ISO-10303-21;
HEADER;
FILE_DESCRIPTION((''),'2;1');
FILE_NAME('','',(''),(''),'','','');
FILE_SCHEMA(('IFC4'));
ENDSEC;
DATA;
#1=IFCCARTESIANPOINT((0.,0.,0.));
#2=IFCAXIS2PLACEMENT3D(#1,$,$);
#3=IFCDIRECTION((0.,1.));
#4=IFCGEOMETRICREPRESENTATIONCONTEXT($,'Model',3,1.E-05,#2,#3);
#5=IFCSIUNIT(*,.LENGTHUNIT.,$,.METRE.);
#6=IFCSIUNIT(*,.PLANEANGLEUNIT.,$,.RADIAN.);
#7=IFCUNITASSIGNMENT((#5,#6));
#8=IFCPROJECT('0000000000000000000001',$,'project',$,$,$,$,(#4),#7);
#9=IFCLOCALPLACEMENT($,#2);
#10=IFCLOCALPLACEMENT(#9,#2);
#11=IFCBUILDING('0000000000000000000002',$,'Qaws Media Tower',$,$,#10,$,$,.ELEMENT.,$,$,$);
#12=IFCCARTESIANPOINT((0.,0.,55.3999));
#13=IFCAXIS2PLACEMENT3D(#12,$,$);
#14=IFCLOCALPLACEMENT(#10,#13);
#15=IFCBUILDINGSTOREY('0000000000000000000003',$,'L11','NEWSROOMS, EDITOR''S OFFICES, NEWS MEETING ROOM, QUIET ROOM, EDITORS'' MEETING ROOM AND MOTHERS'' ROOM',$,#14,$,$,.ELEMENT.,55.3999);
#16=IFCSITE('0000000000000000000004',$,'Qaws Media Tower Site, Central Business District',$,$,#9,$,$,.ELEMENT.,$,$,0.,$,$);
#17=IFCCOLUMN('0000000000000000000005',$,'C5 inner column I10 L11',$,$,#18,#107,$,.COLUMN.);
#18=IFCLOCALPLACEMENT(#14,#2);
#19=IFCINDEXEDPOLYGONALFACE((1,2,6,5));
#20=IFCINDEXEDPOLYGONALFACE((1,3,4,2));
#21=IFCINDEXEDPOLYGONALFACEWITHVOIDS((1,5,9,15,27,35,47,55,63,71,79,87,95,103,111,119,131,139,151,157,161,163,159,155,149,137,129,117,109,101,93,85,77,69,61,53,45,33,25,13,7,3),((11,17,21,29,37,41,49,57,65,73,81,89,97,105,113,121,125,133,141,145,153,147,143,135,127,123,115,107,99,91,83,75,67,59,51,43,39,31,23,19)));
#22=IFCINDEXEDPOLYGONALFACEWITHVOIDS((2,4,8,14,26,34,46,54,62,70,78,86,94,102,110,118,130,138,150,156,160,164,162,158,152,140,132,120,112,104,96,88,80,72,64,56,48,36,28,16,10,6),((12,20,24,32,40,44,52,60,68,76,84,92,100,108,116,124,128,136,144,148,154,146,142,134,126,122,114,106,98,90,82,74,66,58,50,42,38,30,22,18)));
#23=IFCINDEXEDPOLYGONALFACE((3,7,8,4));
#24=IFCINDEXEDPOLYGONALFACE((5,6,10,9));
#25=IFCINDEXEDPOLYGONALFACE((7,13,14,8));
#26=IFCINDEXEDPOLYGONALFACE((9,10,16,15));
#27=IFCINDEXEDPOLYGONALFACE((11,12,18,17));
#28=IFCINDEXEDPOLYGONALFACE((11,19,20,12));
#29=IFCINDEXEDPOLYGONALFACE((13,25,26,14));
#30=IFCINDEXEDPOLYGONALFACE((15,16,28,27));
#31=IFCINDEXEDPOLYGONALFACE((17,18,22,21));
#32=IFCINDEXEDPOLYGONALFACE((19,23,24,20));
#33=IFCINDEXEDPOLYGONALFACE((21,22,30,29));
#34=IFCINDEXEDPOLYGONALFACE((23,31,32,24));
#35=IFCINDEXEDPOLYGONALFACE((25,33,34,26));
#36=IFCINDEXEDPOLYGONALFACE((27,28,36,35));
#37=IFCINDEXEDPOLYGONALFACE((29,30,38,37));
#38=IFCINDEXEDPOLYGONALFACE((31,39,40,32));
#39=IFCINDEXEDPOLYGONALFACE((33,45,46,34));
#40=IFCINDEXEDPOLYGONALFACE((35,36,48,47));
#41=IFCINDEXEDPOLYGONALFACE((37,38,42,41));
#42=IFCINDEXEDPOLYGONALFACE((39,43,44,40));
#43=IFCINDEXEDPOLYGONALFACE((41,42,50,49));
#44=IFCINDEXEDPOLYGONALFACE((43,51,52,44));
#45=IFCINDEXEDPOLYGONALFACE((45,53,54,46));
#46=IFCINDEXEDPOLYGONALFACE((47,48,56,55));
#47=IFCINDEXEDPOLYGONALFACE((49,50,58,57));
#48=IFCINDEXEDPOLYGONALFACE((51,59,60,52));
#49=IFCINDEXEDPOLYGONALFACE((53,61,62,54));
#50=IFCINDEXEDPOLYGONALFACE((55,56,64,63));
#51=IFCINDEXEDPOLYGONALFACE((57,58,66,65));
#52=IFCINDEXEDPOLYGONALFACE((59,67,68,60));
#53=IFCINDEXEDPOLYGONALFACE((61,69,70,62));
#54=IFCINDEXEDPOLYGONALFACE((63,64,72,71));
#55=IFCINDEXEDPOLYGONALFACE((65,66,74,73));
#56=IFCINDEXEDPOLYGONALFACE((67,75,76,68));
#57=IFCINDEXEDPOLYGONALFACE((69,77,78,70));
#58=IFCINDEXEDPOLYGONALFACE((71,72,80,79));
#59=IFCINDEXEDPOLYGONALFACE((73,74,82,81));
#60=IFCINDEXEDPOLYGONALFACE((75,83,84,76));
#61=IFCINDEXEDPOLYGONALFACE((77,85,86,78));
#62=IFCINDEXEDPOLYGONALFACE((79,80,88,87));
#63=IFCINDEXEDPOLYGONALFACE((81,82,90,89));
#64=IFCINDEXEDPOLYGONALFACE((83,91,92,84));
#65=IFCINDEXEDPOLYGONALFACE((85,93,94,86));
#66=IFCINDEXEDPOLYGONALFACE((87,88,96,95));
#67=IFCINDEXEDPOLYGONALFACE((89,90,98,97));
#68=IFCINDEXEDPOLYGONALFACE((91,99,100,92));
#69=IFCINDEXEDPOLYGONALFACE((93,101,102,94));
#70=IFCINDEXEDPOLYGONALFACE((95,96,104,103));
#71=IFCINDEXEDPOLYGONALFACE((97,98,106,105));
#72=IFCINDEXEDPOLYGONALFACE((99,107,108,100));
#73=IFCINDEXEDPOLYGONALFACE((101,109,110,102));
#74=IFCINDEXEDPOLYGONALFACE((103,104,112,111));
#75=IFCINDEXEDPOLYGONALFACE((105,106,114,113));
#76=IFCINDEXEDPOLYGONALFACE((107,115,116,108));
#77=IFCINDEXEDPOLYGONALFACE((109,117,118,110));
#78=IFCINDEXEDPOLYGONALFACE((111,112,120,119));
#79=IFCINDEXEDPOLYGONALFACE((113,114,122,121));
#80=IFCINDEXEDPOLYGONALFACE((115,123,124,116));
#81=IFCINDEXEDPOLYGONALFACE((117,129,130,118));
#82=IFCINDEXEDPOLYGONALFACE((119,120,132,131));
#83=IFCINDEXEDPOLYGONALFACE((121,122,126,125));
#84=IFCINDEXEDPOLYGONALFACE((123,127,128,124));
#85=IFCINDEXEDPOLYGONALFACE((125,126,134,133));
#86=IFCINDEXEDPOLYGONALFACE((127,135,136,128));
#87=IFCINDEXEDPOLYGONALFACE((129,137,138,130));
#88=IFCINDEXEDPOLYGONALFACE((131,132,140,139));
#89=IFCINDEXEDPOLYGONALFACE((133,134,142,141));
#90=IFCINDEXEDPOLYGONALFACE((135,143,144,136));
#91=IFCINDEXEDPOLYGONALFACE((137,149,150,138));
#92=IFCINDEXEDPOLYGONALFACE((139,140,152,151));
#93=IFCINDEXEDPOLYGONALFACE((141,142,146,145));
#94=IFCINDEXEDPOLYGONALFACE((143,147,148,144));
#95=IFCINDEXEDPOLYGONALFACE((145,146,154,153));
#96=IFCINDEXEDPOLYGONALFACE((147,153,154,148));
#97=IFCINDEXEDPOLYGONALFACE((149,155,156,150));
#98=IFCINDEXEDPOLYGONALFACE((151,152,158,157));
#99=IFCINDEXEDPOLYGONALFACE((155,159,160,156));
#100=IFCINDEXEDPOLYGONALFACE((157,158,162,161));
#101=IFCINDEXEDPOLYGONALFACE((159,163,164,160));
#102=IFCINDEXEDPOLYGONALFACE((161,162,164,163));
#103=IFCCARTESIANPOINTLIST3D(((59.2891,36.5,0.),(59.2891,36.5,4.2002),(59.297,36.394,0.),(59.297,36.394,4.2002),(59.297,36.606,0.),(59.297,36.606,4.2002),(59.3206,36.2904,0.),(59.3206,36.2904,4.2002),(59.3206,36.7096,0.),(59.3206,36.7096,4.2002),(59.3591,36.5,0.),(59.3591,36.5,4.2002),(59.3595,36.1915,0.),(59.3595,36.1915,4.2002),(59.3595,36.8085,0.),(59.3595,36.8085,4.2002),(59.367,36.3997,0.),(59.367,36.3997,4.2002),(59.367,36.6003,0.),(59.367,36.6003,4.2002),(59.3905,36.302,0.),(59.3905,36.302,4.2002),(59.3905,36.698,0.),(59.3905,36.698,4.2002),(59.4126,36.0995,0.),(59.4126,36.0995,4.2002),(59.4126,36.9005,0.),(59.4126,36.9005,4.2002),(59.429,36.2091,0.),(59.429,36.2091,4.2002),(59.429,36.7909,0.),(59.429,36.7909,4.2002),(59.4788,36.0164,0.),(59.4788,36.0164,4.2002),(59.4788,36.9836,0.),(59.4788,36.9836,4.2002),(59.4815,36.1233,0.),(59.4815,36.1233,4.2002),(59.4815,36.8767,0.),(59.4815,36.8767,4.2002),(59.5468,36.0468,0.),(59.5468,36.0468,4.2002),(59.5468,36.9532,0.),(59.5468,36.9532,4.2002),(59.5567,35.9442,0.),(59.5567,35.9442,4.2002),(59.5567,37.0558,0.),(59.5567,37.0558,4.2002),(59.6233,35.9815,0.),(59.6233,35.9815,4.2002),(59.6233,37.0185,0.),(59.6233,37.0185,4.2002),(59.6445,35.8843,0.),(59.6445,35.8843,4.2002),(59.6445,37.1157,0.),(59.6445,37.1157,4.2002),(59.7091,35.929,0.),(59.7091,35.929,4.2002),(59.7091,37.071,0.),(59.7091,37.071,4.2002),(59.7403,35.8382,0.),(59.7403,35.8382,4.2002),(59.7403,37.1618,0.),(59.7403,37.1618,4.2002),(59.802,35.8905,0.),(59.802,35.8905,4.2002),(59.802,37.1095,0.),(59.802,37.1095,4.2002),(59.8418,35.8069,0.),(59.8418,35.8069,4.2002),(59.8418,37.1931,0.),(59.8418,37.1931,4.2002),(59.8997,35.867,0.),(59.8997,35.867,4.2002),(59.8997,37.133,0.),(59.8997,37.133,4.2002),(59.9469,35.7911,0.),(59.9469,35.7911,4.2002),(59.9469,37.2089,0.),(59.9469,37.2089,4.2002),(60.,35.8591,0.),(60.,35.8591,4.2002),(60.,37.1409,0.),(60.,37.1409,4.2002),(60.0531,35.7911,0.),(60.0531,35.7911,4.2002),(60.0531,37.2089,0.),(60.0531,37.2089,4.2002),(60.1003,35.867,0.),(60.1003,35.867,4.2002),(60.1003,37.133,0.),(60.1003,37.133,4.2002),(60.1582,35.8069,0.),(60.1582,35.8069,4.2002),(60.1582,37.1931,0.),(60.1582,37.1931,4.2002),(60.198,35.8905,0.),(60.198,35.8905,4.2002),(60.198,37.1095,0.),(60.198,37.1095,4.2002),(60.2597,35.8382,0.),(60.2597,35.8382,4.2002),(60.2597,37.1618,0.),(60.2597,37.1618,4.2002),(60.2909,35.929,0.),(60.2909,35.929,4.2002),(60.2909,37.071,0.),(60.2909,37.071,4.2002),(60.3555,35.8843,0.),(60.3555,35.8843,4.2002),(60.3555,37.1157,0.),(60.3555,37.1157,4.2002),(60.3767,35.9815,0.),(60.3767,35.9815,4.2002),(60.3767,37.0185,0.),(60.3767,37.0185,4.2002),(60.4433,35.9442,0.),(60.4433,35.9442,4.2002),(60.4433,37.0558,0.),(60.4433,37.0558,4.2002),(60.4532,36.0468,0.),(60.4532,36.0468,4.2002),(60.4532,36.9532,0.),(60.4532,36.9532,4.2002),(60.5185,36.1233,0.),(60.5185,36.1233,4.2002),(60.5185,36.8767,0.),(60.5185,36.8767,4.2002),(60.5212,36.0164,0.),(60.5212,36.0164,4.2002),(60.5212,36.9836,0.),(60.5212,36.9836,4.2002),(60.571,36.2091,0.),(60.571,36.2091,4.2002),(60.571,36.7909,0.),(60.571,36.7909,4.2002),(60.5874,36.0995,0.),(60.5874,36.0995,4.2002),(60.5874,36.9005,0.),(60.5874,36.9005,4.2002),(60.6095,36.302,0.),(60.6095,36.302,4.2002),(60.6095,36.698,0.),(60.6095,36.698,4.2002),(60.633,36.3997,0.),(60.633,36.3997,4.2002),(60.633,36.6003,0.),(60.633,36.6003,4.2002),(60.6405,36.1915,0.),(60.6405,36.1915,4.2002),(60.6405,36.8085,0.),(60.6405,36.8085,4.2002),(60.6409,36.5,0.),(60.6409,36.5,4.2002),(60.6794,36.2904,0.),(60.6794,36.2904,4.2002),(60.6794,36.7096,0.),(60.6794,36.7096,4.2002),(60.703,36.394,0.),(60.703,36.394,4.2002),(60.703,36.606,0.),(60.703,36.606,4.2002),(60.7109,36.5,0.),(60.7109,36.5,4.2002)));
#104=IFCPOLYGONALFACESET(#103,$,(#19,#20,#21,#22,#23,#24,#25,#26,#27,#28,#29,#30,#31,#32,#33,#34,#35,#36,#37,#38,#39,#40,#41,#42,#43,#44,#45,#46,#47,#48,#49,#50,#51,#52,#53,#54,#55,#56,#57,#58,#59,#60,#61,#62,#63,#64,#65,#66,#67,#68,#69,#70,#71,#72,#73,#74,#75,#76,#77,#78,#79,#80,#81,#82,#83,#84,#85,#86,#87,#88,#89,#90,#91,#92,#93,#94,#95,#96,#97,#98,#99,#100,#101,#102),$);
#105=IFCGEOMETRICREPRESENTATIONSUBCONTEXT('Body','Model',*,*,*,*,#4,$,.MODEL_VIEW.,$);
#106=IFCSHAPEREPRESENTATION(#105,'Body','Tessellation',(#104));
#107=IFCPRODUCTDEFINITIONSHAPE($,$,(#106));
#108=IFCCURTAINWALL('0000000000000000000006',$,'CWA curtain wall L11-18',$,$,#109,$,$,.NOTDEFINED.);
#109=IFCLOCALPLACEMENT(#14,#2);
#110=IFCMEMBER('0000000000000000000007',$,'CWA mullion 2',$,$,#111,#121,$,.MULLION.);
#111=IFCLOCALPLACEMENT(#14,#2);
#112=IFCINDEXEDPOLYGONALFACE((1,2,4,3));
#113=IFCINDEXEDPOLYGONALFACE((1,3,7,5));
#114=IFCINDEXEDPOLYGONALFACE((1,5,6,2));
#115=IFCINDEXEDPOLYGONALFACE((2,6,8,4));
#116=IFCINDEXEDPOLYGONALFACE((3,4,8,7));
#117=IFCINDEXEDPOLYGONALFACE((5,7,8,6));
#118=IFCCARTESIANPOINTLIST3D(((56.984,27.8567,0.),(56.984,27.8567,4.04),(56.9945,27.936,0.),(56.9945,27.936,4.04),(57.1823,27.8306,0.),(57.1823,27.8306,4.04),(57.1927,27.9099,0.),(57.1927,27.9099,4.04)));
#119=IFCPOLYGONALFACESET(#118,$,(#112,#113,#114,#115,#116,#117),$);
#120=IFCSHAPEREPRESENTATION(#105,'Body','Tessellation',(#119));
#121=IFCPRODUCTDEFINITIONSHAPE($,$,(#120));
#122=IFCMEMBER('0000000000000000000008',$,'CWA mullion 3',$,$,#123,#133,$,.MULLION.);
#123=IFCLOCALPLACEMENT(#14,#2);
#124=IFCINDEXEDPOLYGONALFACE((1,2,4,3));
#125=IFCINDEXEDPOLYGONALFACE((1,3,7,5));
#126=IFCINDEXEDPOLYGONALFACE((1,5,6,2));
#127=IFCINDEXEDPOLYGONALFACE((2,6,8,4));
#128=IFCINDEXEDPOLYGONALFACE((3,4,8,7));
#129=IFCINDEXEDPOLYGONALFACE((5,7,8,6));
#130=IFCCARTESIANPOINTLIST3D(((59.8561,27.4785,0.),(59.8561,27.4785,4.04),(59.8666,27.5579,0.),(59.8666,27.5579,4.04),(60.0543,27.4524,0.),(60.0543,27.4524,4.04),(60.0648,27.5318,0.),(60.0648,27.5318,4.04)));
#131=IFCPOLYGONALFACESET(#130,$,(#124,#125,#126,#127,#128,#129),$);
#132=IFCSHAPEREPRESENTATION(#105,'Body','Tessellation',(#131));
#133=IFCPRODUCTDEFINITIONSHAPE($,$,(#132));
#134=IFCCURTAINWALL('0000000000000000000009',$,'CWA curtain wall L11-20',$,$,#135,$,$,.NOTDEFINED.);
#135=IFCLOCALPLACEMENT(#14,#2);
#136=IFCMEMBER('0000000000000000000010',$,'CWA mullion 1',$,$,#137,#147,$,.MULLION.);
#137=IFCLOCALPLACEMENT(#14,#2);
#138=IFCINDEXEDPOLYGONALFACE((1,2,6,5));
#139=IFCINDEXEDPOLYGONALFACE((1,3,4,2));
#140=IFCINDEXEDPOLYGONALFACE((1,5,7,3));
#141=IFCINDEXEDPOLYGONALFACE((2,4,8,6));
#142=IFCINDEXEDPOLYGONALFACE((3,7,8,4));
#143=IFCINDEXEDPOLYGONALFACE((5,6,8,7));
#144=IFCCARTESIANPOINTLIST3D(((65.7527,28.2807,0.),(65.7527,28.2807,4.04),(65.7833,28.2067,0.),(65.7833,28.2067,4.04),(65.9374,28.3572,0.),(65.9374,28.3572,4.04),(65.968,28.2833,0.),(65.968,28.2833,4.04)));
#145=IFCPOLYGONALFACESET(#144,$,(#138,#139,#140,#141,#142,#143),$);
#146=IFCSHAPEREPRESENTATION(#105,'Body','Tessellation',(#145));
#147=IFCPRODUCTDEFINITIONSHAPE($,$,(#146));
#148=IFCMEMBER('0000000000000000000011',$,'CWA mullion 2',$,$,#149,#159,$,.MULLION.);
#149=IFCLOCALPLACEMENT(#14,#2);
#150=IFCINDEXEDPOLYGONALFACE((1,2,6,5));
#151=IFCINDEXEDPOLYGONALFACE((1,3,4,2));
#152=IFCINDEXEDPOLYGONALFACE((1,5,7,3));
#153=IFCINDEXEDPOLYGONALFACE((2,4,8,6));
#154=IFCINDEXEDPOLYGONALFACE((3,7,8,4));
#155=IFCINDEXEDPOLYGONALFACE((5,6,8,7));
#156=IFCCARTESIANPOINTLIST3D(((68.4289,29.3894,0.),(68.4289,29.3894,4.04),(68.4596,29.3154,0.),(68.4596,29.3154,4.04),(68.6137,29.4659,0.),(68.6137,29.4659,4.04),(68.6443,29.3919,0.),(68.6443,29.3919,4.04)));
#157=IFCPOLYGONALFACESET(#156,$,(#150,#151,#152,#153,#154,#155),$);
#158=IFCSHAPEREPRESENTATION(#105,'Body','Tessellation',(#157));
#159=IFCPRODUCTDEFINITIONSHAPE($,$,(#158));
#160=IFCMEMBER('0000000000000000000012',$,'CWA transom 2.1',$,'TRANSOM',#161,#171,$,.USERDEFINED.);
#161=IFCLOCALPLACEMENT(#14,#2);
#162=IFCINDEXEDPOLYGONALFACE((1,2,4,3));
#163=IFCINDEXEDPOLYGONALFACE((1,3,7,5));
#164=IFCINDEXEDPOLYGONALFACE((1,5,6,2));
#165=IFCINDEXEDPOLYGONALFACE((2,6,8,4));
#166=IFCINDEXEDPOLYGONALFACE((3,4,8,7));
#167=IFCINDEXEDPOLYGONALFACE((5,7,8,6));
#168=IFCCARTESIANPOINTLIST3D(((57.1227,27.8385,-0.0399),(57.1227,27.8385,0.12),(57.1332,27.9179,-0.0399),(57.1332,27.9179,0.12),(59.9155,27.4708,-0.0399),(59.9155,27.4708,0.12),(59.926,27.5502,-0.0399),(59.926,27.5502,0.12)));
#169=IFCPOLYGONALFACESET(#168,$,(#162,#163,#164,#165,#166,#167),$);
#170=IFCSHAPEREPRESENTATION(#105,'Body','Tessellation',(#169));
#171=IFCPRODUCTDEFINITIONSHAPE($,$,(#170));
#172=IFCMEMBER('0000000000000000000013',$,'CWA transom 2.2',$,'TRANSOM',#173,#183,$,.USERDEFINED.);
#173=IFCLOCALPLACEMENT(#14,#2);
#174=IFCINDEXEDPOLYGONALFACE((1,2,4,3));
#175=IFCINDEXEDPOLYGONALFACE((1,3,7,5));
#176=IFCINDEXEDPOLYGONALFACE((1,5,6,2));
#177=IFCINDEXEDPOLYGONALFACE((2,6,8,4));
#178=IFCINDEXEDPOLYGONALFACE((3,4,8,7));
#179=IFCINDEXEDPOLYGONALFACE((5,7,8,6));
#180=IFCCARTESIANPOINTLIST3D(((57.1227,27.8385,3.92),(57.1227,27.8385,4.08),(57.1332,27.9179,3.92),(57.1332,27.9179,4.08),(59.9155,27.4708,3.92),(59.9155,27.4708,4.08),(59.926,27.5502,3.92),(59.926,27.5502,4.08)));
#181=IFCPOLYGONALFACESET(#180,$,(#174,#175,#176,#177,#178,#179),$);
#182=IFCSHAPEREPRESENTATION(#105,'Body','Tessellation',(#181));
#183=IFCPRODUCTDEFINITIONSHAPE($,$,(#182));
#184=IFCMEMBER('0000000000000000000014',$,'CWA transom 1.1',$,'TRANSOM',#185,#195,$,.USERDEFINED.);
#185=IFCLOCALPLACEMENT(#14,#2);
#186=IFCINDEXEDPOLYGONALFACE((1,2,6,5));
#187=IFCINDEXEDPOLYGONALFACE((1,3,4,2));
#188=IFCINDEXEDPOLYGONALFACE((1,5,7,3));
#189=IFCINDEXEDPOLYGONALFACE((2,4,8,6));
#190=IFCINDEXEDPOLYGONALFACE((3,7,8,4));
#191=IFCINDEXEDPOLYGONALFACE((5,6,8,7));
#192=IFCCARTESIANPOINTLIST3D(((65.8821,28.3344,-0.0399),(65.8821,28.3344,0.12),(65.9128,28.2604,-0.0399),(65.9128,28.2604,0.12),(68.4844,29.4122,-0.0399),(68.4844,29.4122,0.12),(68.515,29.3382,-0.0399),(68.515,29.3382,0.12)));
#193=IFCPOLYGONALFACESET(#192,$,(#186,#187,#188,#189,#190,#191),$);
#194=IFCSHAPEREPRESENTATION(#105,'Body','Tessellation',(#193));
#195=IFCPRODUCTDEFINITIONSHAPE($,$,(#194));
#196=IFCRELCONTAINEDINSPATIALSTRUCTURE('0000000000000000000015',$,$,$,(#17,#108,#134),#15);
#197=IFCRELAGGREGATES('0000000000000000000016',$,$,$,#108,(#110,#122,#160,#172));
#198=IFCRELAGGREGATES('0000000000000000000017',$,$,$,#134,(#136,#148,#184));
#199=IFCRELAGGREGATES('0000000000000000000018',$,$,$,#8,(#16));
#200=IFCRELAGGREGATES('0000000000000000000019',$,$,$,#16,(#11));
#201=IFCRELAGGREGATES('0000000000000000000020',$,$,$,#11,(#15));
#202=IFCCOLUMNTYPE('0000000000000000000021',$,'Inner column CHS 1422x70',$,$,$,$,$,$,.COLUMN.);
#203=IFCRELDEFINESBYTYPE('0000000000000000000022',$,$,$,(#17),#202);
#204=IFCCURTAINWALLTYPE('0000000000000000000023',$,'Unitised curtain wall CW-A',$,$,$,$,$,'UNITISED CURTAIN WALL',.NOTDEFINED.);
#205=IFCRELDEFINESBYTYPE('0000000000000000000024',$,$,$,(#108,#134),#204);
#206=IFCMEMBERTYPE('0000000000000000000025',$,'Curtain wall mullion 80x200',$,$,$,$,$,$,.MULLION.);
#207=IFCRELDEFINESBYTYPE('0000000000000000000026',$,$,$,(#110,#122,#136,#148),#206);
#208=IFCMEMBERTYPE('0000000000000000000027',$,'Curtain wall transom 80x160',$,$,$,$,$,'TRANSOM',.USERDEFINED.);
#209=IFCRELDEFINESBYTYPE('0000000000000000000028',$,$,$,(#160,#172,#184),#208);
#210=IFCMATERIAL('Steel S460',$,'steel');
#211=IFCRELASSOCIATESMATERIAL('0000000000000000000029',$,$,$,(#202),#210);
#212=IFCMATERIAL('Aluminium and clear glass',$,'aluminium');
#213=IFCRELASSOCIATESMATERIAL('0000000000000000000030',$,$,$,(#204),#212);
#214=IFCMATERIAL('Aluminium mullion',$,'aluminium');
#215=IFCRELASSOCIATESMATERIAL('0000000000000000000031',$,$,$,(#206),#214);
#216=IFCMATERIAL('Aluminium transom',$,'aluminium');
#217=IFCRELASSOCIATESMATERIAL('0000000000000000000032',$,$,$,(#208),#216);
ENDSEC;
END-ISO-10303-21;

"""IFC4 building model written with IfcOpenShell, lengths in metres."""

from ifc_helpers import new_model, si_unit, direction, frame, origin, origin_2d, place, context, subcontext, project, spatial, rectangle, hollow_circle, extrude, material, material_profile, profile_set, type_object, element, aggregate, save


model = new_model("IFC4")

# Units and contexts
model_context = context("Model", 3, precision=1e-05, world=origin(), true_north=direction((0.0, 1.0)))
body_context = subcontext(model_context, "Body", "Model", "MODEL_VIEW")
ifc_project = project(units=[si_unit("LENGTHUNIT", "METRE"), si_unit("PLANEANGLEUNIT", "RADIAN")], contexts=[model_context])

# Site, building, storey
site_placement = place(None, origin())
site = spatial("IfcSite", under=ifc_project, at=site_placement, Name="Qaws Media Tower Site, Central Business District", CompositionType="ELEMENT", RefElevation=0.0)
building_placement = place(site_placement, origin())
building = spatial("IfcBuilding", under=site, at=building_placement, Name="Qaws Media Tower", CompositionType="ELEMENT")
storey_placement = place(building_placement, frame((0.0, 0.0, 55.3999)))
storey = spatial("IfcBuildingStorey", under=building, at=storey_placement, Name="L11", Description="NEWSROOMS, EDITOR'S OFFICES, NEWS MEETING ROOM, QUIET ROOM, EDITORS' MEETING ROOM AND MOTHERS' ROOM", CompositionType="ELEMENT", Elevation=55.3999)

# Column
ifc_material_1 = material(Name="Steel S460", Category="steel")
ifc_material_profile_1 = material_profile(ifc_material_1, hollow_circle(Radius=0.7109, WallThickness=0.0701, at=origin_2d()), Name="CHS 1422x70")
ifc_profile_set_1 = profile_set([ifc_material_profile_1], Name="Steel S460")
column_type = type_object("IfcColumnType", Name="Inner column CHS 1422x70", PredefinedType="COLUMN", material=ifc_profile_set_1)
column_placement = place(storey_placement, frame((60.0, 36.5, 0.0), z_axis=(0.0, 0.0, 1.0), x_axis=(1.0, 0.0, 0.0)))
element("IfcColumn", 1, at=column_placement, inside=storey, type_object=column_type, Name="C5 inner column I10 L11", PredefinedType="COLUMN", context=body_context, shape_type="SweptSolid", body=[
    extrude(hollow_circle(Radius=0.7109, WallThickness=0.0701, at=origin_2d()), origin(), (0.0, 0.0, 1.0), 4.2002),
])

# Curtain walls, members
ifc_material_2 = material(Name="Aluminium and clear glass", Category="aluminium")
curtain_wall_type = type_object("IfcCurtainWallType", Name="Unitised curtain wall CW-A", ElementType="UNITISED CURTAIN WALL", PredefinedType="NOTDEFINED", material=ifc_material_2)
curtain_wall_1_placement = place(storey_placement, origin())
curtain_wall_1 = element("IfcCurtainWall", 2, at=curtain_wall_1_placement, inside=storey, type_object=curtain_wall_type, Name="CWA curtain wall L11-18", PredefinedType="NOTDEFINED")
ifc_material_3 = material(Name="Aluminium mullion", Category="aluminium")
ifc_material_profile_2 = material_profile(ifc_material_3, rectangle(XDim=0.0801, YDim=0.2, at=origin_2d()), Name="80x200")
ifc_profile_set_2 = profile_set([ifc_material_profile_2], Name="Aluminium mullion")
member_type_1 = type_object("IfcMemberType", Name="Curtain wall mullion 80x200", PredefinedType="MULLION", material=ifc_profile_set_2)
member_1_placement = place(storey_placement, frame((57.0884, 27.8833, 0.0), z_axis=(0.0, 0.0, 1.0), x_axis=(0.130526, 0.991445, 0.0)))
member_1 = element("IfcMember", 3, at=member_1_placement, type_object=member_type_1, Name="CWA mullion 2", PredefinedType="MULLION", context=body_context, shape_type="SweptSolid", body=[
    extrude(rectangle(XDim=0.0801, YDim=0.2, at=origin_2d()), origin(), (0.0, 0.0, 1.0), 4.04),
])
member_2_placement = place(storey_placement, frame((59.9604, 27.5051, 0.0), z_axis=(0.0, 0.0, 1.0), x_axis=(0.130526, 0.991445, 0.0)))
member_2 = element("IfcMember", 4, at=member_2_placement, type_object=member_type_1, Name="CWA mullion 3", PredefinedType="MULLION", context=body_context, shape_type="SweptSolid", body=[
    extrude(rectangle(XDim=0.0801, YDim=0.2, at=origin_2d()), origin(), (0.0, 0.0, 1.0), 4.04),
])
curtain_wall_2_placement = place(storey_placement, origin())
curtain_wall_2 = element("IfcCurtainWall", 5, at=curtain_wall_2_placement, inside=storey, type_object=curtain_wall_type, Name="CWA curtain wall L11-20", PredefinedType="NOTDEFINED")
member_3_placement = place(storey_placement, frame((65.8604, 28.282, 0.0), z_axis=(0.0, 0.0, 1.0), x_axis=(-0.382683, 0.92388, 0.0)))
member_3 = element("IfcMember", 6, at=member_3_placement, type_object=member_type_1, Name="CWA mullion 1", PredefinedType="MULLION", context=body_context, shape_type="SweptSolid", body=[
    extrude(rectangle(XDim=0.0801, YDim=0.2, at=origin_2d()), origin(), (0.0, 0.0, 1.0), 4.04),
])
member_4_placement = place(storey_placement, frame((68.5366, 29.3906, 0.0), z_axis=(0.0, 0.0, 1.0), x_axis=(-0.382683, 0.92388, 0.0)))
member_4 = element("IfcMember", 7, at=member_4_placement, type_object=member_type_1, Name="CWA mullion 2", PredefinedType="MULLION", context=body_context, shape_type="SweptSolid", body=[
    extrude(rectangle(XDim=0.0801, YDim=0.2, at=origin_2d()), origin(), (0.0, 0.0, 1.0), 4.04),
])

# Members
ifc_material_4 = material(Name="Aluminium transom", Category="aluminium")
ifc_material_profile_3 = material_profile(ifc_material_4, rectangle(XDim=0.0801, YDim=0.1599, at=origin_2d()), Name="80x160")
ifc_profile_set_3 = profile_set([ifc_material_profile_3], Name="Aluminium transom")
member_type_2 = type_object("IfcMemberType", Name="Curtain wall transom 80x160", ElementType="TRANSOM", PredefinedType="USERDEFINED", material=ifc_profile_set_3)
member_5_placement = place(storey_placement, frame((57.1279, 27.8782, 0.04), z_axis=(0.991445, -0.130528, 0.0), x_axis=(0.130528, 0.991445, 0.0)))
member_5 = element("IfcMember", 8, at=member_5_placement, type_object=member_type_2, Name="CWA transom 2.1", ObjectType="TRANSOM", PredefinedType="USERDEFINED", context=body_context, shape_type="SweptSolid", body=[
    extrude(rectangle(XDim=0.0801, YDim=0.1599, at=origin_2d()), origin(), (0.0, 0.0, 1.0), 2.8169),
])
member_6_placement = place(storey_placement, frame((57.1279, 27.8782, 4.0), z_axis=(0.991445, -0.130528, 0.0), x_axis=(0.130528, 0.991445, 0.0)))
member_6 = element("IfcMember", 9, at=member_6_placement, type_object=member_type_2, Name="CWA transom 2.2", ObjectType="TRANSOM", PredefinedType="USERDEFINED", context=body_context, shape_type="SweptSolid", body=[
    extrude(rectangle(XDim=0.0801, YDim=0.1599, at=origin_2d()), origin(), (0.0, 0.0, 1.0), 2.8169),
])
member_7_placement = place(storey_placement, frame((65.8975, 28.2974, 0.04), z_axis=(0.923883, 0.382676, 0.0), x_axis=(-0.382676, 0.923883, 0.0)))
member_7 = element("IfcMember", 10, at=member_7_placement, type_object=member_type_2, Name="CWA transom 1.1", ObjectType="TRANSOM", PredefinedType="USERDEFINED", context=body_context, shape_type="SweptSolid", body=[
    extrude(rectangle(XDim=0.0801, YDim=0.1599, at=origin_2d()), origin(), (0.0, 0.0, 1.0), 2.8167),
])

aggregate(curtain_wall_1, [member_1, member_2, member_5, member_6])
aggregate(curtain_wall_2, [member_3, member_4, member_7])

save(model, "model.ifc")
